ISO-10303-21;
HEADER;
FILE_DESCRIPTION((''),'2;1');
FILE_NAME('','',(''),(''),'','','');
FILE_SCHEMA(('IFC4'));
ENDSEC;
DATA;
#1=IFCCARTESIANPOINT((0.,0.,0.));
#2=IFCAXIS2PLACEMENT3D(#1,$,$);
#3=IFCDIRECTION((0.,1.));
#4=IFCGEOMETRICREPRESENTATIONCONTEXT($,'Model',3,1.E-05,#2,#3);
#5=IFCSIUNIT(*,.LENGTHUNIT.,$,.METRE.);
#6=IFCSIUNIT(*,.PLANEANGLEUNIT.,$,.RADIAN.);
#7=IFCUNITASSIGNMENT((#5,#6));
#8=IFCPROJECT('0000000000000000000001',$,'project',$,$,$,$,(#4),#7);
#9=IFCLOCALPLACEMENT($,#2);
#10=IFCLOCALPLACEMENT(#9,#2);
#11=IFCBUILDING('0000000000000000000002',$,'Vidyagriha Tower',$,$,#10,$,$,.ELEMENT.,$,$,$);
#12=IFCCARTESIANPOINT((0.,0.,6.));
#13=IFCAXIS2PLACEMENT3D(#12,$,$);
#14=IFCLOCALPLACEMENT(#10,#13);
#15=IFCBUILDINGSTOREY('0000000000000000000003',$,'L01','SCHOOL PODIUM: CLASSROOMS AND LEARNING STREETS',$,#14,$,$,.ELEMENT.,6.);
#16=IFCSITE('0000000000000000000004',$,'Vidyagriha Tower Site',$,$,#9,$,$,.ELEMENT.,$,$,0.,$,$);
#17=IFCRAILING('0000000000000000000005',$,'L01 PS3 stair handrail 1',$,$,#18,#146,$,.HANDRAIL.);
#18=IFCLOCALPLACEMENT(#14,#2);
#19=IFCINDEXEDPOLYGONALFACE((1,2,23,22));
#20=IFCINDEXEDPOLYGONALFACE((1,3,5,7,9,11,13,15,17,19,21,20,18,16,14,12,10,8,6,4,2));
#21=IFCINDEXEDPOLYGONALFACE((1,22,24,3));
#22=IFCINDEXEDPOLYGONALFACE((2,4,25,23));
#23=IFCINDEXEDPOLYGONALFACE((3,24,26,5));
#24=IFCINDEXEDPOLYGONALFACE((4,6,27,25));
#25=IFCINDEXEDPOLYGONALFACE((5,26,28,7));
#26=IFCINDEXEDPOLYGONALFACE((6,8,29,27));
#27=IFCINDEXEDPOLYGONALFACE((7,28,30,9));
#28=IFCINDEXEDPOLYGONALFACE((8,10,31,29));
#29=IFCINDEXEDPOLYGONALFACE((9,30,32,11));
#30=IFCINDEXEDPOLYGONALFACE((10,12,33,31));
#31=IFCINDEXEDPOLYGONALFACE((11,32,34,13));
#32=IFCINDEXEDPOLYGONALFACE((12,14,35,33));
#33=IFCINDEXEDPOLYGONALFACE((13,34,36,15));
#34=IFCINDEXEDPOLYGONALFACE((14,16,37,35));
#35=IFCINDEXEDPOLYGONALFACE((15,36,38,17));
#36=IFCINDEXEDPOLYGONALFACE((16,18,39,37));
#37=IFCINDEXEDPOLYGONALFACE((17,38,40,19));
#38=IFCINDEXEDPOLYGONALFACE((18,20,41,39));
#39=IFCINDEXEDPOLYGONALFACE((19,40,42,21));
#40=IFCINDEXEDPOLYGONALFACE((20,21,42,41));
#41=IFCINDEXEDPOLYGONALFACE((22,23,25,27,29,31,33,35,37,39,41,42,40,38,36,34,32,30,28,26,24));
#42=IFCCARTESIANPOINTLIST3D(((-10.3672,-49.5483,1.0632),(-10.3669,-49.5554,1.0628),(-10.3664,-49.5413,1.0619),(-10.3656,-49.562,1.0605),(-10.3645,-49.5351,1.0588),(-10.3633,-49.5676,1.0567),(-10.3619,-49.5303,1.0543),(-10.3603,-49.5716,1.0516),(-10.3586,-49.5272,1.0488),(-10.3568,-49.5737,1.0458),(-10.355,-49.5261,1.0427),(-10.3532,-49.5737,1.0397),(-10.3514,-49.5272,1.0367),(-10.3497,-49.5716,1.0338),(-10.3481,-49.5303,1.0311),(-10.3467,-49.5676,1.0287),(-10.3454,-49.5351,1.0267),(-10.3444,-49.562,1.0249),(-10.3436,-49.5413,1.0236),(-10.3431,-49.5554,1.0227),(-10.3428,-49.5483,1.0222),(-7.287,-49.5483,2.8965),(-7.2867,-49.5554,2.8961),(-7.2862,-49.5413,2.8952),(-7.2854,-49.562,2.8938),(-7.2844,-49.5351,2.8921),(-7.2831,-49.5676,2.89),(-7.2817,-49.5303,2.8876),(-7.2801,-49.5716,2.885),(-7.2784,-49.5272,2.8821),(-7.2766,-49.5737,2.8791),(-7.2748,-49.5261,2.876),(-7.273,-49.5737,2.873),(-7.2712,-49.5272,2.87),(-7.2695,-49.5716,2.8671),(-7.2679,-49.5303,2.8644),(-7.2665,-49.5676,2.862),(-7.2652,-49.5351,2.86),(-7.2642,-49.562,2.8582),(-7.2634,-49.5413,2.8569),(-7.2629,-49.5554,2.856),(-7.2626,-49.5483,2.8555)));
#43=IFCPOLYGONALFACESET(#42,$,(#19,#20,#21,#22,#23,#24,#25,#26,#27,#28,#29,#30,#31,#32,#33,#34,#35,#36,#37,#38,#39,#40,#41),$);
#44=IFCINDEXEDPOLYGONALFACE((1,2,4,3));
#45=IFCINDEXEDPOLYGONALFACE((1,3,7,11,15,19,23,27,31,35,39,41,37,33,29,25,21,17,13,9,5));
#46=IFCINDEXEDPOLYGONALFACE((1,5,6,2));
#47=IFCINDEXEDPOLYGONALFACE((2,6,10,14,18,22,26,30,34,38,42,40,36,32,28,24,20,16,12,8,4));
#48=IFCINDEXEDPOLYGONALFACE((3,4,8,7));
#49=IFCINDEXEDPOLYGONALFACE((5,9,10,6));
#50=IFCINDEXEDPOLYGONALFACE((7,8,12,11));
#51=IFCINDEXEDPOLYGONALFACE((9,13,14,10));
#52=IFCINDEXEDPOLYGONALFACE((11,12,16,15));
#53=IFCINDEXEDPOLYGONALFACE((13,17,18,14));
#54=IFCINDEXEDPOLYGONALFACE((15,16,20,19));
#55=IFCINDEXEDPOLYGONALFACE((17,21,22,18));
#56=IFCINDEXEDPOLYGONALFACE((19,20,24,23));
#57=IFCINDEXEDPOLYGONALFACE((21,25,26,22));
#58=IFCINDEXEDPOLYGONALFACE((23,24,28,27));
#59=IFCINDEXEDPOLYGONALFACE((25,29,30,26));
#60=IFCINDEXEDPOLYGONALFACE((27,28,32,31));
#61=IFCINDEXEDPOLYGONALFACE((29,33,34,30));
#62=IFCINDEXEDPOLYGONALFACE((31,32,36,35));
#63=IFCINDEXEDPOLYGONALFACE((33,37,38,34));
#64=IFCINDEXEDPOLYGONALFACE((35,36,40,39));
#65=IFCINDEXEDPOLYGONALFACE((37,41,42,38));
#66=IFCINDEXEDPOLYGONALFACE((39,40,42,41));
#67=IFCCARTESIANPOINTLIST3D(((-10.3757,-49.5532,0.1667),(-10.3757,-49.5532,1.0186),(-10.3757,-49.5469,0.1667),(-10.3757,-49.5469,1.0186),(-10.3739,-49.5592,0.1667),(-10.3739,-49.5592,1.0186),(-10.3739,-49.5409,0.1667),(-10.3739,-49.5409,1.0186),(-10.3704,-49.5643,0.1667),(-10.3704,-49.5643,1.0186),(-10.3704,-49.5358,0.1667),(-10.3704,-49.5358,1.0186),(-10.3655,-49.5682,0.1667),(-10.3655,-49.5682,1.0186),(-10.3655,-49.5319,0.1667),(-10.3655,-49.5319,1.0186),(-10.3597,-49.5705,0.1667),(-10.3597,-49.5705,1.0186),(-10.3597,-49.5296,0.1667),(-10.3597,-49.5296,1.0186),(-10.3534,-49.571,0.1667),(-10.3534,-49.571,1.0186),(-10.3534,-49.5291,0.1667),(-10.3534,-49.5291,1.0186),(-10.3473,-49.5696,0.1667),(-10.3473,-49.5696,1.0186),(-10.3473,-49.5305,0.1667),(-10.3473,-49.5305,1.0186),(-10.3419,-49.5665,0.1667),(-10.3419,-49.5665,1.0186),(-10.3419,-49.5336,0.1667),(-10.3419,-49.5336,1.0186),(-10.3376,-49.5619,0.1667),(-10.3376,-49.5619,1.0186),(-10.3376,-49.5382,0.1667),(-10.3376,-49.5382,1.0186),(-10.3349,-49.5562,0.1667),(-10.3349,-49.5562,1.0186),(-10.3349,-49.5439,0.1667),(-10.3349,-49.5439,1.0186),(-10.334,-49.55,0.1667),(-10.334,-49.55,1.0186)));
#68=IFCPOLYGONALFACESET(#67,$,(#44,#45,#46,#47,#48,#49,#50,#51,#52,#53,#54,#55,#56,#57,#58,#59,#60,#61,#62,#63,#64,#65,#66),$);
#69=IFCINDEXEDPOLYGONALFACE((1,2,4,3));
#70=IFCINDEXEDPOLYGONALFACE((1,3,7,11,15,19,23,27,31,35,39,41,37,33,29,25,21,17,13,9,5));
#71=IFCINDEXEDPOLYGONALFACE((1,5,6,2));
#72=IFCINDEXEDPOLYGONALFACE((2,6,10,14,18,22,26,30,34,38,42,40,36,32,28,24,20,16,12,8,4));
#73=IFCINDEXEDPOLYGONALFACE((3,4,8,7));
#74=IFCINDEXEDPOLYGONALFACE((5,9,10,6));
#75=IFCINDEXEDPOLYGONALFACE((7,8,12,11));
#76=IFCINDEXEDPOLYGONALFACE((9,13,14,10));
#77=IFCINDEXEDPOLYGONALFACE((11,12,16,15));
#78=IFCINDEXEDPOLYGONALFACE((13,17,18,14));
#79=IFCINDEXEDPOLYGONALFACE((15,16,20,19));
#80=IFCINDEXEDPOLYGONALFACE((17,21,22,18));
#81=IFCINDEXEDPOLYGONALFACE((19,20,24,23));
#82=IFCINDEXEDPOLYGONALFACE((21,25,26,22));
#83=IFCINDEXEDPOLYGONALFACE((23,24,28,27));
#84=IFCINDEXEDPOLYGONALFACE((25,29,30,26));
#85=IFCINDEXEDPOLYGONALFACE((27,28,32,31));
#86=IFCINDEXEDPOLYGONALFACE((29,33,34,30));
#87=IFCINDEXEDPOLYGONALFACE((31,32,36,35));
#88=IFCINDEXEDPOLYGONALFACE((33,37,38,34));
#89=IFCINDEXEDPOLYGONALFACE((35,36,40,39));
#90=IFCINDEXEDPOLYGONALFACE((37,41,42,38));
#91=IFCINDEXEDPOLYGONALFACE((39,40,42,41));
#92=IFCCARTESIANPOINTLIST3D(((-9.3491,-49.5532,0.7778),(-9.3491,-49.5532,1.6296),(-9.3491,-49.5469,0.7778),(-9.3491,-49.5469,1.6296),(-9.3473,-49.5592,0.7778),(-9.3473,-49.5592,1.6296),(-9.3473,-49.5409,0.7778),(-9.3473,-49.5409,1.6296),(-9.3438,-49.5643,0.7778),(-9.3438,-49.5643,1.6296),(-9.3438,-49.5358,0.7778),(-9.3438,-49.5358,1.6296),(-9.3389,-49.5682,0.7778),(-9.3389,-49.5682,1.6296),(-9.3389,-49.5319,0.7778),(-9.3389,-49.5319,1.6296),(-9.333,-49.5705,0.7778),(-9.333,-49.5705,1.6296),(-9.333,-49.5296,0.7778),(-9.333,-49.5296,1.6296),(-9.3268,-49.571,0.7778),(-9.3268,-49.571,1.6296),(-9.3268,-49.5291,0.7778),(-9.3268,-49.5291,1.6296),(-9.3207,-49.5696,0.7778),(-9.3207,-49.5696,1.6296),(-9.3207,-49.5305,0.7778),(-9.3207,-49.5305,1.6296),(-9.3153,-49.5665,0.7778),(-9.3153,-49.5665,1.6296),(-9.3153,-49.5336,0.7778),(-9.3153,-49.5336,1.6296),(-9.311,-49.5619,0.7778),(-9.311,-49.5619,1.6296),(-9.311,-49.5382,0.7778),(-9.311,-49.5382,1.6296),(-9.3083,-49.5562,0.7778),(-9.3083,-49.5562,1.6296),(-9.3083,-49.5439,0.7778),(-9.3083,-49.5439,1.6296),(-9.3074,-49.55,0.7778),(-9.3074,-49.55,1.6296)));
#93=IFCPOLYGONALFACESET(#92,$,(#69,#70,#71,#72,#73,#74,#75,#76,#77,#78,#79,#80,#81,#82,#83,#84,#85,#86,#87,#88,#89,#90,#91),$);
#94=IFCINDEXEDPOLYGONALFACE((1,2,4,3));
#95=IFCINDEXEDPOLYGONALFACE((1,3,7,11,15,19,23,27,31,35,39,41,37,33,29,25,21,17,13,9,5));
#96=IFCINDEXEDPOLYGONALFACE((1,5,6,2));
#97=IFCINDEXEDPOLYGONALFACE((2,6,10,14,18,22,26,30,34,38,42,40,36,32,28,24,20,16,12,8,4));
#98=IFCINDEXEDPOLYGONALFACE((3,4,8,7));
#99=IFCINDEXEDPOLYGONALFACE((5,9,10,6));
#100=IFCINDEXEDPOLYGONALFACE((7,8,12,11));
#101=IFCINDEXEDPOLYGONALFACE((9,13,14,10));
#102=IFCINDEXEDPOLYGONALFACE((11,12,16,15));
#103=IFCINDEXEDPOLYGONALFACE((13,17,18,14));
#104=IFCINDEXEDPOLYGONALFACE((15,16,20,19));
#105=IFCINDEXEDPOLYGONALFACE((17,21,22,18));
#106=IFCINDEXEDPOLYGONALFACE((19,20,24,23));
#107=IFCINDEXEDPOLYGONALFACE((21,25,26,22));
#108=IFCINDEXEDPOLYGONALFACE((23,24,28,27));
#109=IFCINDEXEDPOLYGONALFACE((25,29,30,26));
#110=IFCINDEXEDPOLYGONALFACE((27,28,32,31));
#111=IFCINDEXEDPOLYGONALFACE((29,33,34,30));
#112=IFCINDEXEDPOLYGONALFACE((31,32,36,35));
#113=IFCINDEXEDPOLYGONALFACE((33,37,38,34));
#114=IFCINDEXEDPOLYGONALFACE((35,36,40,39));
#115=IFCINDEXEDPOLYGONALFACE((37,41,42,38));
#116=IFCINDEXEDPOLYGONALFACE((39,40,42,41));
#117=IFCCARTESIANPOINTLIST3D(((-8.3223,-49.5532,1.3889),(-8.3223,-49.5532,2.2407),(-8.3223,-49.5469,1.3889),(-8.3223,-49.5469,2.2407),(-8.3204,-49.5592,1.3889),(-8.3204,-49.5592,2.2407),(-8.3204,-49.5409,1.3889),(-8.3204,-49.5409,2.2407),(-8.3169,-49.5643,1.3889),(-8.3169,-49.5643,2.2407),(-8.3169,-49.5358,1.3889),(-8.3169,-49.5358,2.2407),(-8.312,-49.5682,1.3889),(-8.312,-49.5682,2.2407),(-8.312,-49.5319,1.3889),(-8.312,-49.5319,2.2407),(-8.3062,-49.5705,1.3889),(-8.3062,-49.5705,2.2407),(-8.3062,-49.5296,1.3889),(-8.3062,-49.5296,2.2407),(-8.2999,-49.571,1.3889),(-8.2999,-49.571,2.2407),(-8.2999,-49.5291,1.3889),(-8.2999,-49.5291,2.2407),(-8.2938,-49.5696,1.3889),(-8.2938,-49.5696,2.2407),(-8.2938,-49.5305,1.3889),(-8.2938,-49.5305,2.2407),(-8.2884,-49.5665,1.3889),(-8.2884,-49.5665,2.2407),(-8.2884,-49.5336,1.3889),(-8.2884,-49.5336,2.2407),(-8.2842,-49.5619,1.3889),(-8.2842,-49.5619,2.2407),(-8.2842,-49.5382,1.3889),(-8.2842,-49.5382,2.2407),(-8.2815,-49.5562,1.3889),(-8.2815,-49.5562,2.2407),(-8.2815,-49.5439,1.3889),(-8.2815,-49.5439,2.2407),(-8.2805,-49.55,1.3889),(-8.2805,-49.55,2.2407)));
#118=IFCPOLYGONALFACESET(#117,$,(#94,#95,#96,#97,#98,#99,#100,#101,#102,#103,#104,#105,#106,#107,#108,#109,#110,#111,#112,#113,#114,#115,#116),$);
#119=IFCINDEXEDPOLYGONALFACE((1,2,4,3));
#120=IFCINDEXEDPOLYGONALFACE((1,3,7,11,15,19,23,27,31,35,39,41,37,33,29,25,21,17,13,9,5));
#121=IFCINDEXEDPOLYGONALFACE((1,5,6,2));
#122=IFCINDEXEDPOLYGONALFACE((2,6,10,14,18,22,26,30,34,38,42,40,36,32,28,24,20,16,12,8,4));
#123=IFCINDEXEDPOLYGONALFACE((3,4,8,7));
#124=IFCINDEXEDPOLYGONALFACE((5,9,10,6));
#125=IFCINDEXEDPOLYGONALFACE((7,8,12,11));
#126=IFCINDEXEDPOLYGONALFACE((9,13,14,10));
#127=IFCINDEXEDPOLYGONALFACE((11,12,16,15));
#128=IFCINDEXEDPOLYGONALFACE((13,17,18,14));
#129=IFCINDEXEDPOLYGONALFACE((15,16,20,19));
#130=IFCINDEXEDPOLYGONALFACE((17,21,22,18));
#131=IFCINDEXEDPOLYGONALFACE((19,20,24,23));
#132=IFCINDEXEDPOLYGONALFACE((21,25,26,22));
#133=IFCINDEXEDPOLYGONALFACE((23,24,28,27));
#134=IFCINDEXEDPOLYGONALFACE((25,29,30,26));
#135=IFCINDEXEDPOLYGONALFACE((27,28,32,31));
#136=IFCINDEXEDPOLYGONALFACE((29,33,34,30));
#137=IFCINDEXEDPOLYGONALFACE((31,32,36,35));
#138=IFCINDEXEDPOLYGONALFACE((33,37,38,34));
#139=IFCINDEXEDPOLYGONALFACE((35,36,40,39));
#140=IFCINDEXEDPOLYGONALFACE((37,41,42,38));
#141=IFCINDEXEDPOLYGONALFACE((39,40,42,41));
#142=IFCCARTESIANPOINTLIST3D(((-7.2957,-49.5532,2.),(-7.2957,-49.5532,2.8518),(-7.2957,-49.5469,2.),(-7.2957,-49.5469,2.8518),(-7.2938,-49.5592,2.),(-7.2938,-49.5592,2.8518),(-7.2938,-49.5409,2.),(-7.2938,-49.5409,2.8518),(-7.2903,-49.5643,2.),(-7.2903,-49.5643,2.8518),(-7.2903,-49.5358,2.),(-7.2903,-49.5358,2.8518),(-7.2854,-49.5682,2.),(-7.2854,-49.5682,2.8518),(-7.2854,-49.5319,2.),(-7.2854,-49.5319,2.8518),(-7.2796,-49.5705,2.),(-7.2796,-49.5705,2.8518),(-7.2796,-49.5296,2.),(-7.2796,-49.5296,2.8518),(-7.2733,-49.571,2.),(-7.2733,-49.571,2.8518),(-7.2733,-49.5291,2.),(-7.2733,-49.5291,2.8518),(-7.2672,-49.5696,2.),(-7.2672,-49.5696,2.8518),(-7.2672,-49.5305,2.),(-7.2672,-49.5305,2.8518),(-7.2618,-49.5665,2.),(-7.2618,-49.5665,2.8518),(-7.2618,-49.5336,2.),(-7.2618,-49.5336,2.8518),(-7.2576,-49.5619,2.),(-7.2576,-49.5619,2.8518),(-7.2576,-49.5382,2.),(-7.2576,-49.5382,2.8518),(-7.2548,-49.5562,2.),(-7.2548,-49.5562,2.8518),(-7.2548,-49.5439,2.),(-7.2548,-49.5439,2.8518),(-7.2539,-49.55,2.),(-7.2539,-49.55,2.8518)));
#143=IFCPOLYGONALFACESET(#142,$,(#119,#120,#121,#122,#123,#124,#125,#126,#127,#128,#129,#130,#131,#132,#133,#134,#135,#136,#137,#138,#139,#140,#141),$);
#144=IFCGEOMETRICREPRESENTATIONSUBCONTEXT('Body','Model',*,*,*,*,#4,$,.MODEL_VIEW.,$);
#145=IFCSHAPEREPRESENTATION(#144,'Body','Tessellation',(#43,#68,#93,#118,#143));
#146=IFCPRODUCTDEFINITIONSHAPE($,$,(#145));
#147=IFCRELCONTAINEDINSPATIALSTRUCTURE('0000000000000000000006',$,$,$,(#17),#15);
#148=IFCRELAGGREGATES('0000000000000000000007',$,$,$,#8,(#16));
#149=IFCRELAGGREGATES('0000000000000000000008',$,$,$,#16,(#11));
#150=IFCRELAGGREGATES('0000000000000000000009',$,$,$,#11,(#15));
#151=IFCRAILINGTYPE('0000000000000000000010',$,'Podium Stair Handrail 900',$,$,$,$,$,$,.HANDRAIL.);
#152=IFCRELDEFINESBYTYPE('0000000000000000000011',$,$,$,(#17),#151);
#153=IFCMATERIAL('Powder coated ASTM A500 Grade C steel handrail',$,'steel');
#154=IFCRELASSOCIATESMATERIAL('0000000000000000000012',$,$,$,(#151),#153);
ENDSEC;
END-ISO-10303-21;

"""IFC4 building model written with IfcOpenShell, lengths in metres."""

from ifc_helpers import new_model, si_unit, direction, frame, origin, origin_2d, place, context, subcontext, project, spatial, circle, extrude, material, type_object, element, save


model = new_model("IFC4")

# Units and contexts
model_context = context("Model", 3, precision=1e-05, world=origin(), true_north=direction((0.0, 1.0)))
body_context = subcontext(model_context, "Body", "Model", "MODEL_VIEW")
ifc_project = project(units=[si_unit("LENGTHUNIT", "METRE"), si_unit("PLANEANGLEUNIT", "RADIAN")], contexts=[model_context])

# Site, building, storey
site_placement = place(None, origin())
site = spatial("IfcSite", under=ifc_project, at=site_placement, Name="Vidyagriha Tower Site", CompositionType="ELEMENT", RefElevation=0.0)
building_placement = place(site_placement, origin())
building = spatial("IfcBuilding", under=site, at=building_placement, Name="Vidyagriha Tower", CompositionType="ELEMENT")
storey_placement = place(building_placement, frame((0.0, 0.0, 6.0)))
storey = spatial("IfcBuildingStorey", under=building, at=storey_placement, Name="L01", Description="SCHOOL PODIUM: CLASSROOMS AND LEARNING STREETS", CompositionType="ELEMENT", Elevation=6.0)

# Railing
ifc_material_1 = material(Name="Powder coated ASTM A500 Grade C steel handrail", Category="steel")
railing_type_1 = type_object("IfcRailingType", Name="Podium Stair Handrail 900", PredefinedType="HANDRAIL", material=ifc_material_1)
railing_1_placement = place(storey_placement, frame((-10.355, -49.55, 0.1667)))
element("IfcRailing", 1, at=railing_1_placement, inside=storey, type_object=railing_type_1, Name="L01 PS3 stair handrail 1", PredefinedType="HANDRAIL", context=body_context, shape_type="SweptSolid", body=[
    extrude(circle(Radius=0.0239, at=origin_2d()), frame((0.0, 0.0, 0.876), z_axis=(0.859309, 0.0, 0.511458), x_axis=(0.0, 1.0, 0.0)), (0.0, 0.0, 1.0), 3.5845),
    extrude(circle(Radius=0.021, at=origin_2d()), origin(), (0.0, 0.0, 1.0), 0.8518),
    extrude(circle(Radius=0.021, at=origin_2d()), frame((1.0266, 0.0, 0.6111)), (0.0, 0.0, 1.0), 0.8518),
    extrude(circle(Radius=0.021, at=origin_2d()), frame((2.0535, 0.0, 1.2222)), (0.0, 0.0, 1.0), 0.8518),
    extrude(circle(Radius=0.021, at=origin_2d()), frame((3.0801, 0.0, 1.8333)), (0.0, 0.0, 1.0), 0.8518),
])

save(model, "model.ifc")
